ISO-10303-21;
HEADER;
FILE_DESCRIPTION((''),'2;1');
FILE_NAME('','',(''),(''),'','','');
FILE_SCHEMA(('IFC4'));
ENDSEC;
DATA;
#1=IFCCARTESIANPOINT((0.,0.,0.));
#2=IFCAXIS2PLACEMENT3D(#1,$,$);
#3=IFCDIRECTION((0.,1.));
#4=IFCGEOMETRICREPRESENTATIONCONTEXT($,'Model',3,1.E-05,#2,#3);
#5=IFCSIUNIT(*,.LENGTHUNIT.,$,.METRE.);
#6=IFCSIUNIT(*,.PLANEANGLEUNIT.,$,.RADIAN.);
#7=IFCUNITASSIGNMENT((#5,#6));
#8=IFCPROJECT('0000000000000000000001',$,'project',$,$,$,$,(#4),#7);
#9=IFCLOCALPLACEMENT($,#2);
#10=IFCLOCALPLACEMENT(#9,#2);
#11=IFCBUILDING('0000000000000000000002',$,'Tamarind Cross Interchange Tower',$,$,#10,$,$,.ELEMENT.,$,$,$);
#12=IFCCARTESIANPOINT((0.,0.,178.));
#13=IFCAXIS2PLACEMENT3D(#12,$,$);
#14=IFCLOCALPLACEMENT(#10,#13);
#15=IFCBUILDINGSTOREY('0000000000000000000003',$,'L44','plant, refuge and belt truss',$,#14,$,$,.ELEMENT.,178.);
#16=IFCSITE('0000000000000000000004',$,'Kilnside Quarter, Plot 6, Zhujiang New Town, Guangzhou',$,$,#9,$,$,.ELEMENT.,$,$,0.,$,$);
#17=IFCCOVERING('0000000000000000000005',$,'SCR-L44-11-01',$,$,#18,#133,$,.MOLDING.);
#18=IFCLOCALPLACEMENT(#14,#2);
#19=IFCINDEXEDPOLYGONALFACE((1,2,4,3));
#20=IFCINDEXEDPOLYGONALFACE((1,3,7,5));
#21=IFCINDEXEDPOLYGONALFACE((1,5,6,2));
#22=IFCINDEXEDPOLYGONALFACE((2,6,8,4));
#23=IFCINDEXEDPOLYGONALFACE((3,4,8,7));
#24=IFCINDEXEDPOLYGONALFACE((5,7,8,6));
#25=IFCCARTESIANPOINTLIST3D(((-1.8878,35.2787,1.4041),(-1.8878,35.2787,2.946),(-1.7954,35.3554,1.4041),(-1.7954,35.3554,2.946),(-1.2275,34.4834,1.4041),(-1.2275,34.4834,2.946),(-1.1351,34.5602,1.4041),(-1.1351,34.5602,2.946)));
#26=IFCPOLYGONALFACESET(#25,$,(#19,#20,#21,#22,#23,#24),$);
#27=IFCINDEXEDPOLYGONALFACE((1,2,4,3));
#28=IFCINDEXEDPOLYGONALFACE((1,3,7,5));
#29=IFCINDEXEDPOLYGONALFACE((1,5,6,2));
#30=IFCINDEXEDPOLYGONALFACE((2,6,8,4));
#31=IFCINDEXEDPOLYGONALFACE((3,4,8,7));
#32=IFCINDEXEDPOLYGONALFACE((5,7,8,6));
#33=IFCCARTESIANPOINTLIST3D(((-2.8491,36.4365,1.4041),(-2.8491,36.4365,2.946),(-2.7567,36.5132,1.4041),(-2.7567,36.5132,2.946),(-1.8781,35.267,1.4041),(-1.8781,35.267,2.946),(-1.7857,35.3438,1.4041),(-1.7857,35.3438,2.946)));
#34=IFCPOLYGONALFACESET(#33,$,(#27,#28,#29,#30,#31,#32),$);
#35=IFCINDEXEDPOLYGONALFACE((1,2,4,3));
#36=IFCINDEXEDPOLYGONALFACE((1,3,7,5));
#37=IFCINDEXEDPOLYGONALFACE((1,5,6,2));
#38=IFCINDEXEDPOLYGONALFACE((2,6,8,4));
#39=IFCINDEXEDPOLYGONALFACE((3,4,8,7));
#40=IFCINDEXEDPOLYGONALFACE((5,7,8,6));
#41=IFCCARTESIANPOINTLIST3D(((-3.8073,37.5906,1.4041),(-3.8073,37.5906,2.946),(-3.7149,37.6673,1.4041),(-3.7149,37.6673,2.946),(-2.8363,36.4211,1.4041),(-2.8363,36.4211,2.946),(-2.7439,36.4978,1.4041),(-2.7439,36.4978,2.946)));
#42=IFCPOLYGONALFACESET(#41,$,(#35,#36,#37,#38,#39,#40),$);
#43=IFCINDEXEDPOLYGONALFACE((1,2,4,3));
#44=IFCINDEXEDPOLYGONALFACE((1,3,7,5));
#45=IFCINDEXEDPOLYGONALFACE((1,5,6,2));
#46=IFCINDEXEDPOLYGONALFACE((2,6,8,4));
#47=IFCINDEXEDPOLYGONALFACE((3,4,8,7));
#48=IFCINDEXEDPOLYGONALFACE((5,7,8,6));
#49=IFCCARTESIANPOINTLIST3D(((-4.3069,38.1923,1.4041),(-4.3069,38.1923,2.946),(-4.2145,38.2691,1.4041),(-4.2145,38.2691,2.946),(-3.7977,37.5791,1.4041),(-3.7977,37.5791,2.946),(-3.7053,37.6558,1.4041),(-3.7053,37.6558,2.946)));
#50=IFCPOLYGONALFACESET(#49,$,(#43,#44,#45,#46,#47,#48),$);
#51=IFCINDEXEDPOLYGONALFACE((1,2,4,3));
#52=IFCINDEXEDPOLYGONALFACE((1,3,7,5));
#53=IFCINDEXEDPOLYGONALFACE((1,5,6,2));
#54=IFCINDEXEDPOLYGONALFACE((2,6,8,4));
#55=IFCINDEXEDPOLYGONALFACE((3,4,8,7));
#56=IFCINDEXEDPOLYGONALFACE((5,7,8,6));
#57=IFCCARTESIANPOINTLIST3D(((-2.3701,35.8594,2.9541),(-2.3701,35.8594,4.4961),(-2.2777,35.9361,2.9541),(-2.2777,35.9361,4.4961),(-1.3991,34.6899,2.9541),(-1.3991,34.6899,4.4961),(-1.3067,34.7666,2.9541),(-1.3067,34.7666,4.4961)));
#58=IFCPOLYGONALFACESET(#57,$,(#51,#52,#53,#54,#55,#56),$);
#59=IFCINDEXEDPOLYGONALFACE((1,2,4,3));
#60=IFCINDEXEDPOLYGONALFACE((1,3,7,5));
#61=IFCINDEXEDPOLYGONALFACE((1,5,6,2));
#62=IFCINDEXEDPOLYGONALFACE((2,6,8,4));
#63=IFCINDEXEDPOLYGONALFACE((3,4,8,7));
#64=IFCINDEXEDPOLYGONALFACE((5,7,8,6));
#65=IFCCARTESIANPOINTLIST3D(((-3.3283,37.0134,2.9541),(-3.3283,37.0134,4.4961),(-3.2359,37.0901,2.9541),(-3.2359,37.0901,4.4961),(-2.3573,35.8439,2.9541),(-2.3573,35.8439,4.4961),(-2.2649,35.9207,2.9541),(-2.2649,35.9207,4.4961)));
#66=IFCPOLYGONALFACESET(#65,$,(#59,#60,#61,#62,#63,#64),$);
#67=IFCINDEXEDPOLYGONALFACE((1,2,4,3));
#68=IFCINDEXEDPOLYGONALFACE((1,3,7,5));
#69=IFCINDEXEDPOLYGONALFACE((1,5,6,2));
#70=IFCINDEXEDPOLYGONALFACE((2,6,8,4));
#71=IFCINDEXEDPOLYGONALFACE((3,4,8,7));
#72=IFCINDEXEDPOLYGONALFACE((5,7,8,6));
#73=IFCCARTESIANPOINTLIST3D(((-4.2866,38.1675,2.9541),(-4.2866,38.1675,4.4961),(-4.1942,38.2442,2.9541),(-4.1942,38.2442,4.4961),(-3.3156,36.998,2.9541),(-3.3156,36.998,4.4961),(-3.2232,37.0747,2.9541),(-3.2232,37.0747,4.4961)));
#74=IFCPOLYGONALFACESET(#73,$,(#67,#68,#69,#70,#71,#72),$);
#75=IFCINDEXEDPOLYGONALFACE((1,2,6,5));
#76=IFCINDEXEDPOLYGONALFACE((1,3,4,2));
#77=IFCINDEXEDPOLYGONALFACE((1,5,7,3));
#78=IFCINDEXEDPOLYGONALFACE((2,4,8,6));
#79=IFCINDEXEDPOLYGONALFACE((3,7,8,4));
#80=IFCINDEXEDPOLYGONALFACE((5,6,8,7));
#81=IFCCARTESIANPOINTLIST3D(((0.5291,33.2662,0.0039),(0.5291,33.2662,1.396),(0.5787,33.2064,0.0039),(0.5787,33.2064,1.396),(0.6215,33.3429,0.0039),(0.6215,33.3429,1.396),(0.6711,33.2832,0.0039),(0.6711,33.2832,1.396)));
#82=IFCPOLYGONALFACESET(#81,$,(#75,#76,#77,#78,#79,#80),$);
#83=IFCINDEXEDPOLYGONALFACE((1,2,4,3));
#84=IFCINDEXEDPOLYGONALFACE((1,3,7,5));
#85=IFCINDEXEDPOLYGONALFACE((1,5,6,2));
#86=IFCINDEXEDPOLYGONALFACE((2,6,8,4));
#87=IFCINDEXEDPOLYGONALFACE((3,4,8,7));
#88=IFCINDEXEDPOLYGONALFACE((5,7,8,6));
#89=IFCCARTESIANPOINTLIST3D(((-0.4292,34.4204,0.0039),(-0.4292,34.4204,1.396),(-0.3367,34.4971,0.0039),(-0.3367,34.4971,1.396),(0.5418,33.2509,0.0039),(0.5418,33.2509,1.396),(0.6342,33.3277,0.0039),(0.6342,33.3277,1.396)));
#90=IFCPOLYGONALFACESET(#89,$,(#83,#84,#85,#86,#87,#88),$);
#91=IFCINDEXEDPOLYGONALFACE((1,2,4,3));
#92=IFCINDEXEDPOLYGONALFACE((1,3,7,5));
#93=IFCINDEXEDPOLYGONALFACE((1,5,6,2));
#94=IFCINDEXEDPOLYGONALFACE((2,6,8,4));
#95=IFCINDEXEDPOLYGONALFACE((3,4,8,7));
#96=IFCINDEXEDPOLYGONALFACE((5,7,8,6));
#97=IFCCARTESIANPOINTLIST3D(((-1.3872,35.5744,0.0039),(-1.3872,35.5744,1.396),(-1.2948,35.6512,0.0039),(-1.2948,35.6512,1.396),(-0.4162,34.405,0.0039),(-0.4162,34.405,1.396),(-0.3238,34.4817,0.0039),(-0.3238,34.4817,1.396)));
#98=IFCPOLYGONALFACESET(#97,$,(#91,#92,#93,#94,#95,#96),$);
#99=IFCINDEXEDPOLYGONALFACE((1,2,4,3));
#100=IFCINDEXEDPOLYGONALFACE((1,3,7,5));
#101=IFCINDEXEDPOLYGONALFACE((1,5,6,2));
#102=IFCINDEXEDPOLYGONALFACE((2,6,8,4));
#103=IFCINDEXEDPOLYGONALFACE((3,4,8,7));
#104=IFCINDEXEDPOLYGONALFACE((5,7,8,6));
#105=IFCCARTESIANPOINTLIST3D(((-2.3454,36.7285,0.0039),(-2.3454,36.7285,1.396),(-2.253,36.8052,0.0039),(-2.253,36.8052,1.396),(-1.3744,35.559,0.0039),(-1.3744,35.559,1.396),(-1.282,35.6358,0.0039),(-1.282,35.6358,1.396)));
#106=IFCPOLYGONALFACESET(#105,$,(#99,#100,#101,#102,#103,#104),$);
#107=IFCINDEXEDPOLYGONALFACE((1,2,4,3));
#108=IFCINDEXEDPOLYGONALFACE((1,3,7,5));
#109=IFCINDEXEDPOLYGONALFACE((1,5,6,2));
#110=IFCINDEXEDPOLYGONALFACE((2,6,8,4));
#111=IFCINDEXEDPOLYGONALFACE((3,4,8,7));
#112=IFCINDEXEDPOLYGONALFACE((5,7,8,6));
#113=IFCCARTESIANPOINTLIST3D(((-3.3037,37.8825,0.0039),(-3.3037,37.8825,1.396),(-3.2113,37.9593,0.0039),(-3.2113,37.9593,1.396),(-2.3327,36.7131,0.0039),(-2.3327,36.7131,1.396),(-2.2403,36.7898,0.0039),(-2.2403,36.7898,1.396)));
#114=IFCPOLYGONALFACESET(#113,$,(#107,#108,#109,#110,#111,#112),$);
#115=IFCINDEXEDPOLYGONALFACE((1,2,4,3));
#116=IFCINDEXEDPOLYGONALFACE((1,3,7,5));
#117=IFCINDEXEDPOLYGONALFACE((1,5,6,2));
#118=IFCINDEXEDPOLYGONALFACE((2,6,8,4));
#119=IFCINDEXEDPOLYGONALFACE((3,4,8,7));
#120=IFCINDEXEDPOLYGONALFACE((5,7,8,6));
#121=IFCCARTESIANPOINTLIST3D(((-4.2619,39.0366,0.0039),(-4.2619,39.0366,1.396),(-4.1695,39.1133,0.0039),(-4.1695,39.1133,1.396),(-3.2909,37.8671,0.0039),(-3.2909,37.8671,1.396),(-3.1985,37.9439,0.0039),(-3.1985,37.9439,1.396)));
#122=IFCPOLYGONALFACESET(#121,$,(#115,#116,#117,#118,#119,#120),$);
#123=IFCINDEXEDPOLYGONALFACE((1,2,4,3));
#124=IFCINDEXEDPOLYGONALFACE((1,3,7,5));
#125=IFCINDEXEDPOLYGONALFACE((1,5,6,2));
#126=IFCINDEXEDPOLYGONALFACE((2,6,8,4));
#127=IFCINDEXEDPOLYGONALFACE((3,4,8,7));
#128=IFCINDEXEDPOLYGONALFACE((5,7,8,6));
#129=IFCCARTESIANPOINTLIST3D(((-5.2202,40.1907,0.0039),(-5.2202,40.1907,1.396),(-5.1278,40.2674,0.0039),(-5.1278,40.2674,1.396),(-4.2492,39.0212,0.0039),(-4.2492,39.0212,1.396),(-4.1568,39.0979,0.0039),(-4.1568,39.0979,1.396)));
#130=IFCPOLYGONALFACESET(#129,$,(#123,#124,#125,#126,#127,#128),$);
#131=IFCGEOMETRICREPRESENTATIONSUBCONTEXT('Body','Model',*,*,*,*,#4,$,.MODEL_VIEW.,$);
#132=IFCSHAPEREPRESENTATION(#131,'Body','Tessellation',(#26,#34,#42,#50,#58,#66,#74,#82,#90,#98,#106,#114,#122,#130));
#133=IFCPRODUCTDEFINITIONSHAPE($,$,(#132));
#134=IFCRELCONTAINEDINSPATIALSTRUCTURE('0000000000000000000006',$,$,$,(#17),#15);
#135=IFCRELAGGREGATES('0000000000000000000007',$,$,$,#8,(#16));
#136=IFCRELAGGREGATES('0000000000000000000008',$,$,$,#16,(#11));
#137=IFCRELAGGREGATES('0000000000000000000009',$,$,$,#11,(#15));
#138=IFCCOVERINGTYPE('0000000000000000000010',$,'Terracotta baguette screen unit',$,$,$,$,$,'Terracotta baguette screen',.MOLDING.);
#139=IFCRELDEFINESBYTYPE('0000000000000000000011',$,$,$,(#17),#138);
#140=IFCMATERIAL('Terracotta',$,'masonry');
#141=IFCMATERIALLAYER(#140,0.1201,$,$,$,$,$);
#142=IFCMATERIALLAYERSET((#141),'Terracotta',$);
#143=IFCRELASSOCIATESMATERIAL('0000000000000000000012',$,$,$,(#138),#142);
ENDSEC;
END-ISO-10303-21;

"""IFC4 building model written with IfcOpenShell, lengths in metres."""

from ifc_helpers import new_model, si_unit, direction, frame, origin, origin_2d, place, context, subcontext, project, spatial, rectangle, extrude, material, layer, layer_set, type_object, element, save


model = new_model("IFC4")

# Units and contexts
model_context = context("Model", 3, precision=1e-05, world=origin(), true_north=direction((0.0, 1.0)))
body_context = subcontext(model_context, "Body", "Model", "MODEL_VIEW")
ifc_project = project(units=[si_unit("LENGTHUNIT", "METRE"), si_unit("PLANEANGLEUNIT", "RADIAN")], contexts=[model_context])

# Site, building, storey
site_placement = place(None, origin())
site = spatial("IfcSite", under=ifc_project, at=site_placement, Name="Kilnside Quarter, Plot 6, Zhujiang New Town, Guangzhou", CompositionType="ELEMENT", RefElevation=0.0)
building_placement = place(site_placement, origin())
building = spatial("IfcBuilding", under=site, at=building_placement, Name="Tamarind Cross Interchange Tower", CompositionType="ELEMENT")
storey_placement = place(building_placement, frame((0.0, 0.0, 178.0)))
storey = spatial("IfcBuildingStorey", under=building, at=storey_placement, Name="L44", Description="plant, refuge and belt truss", CompositionType="ELEMENT", Elevation=178.0)

# Covering
ifc_material_1 = material(Name="Terracotta", Category="masonry")
ifc_layer_1 = layer(ifc_material_1, 0.1201)
ifc_layer_set_1 = layer_set([ifc_layer_1], Name="Terracotta")
covering_type = type_object("IfcCoveringType", Name="Terracotta baguette screen unit", ElementType="Terracotta baguette screen", PredefinedType="MOLDING", material=ifc_layer_set_1)
covering_1_placement = place(storey_placement, origin())
element("IfcCovering", 1, at=covering_1_placement, inside=storey, type_object=covering_type, Name="SCR-L44-11-01", PredefinedType="MOLDING", context=body_context, shape_type="SweptSolid", body=[
    extrude(rectangle(XDim=1.0337, YDim=0.1201, at=origin_2d()), frame((-1.5115, 34.9194, 1.4041), z_axis=(0.0, 0.0, 1.0), x_axis=(-0.6388, 0.769373, 0.0)), (0.0, 0.0, 1.0), 1.542),
    extrude(rectangle(XDim=1.52, YDim=0.1201, at=origin_2d()), frame((-2.3174, 35.8901, 1.4041), z_axis=(0.0, 0.0, 1.0), x_axis=(-0.6388, 0.769373, 0.0)), (0.0, 0.0, 1.0), 1.542),
    extrude(rectangle(XDim=1.52, YDim=0.1201, at=origin_2d()), frame((-3.2756, 37.0442, 1.4041), z_axis=(0.0, 0.0, 1.0), x_axis=(-0.6388, 0.769373, 0.0)), (0.0, 0.0, 1.0), 1.542),
    extrude(rectangle(XDim=0.7971, YDim=0.1201, at=origin_2d()), frame((-4.0061, 37.9241, 1.4041), z_axis=(0.0, 0.0, 1.0), x_axis=(-0.6388, 0.769373, 0.0)), (0.0, 0.0, 1.0), 1.542),
    extrude(rectangle(XDim=1.52, YDim=0.1201, at=origin_2d()), frame((-1.8384, 35.313, 2.9541), z_axis=(0.0, 0.0, 1.0), x_axis=(-0.6388, 0.769373, 0.0)), (0.0, 0.0, 1.0), 1.542),
    extrude(rectangle(XDim=1.52, YDim=0.1201, at=origin_2d()), frame((-2.7966, 36.467, 2.9541), z_axis=(0.0, 0.0, 1.0), x_axis=(-0.6388, 0.769373, 0.0)), (0.0, 0.0, 1.0), 1.542),
    extrude(rectangle(XDim=1.52, YDim=0.1201, at=origin_2d()), frame((-3.7549, 37.6211, 2.9541), z_axis=(0.0, 0.0, 1.0), x_axis=(-0.6388, 0.769373, 0.0)), (0.0, 0.0, 1.0), 1.542),
    extrude(rectangle(XDim=0.0776, YDim=0.1201, at=origin_2d()), frame((0.6001, 33.2747, 0.0039), z_axis=(0.0, 0.0, 1.0), x_axis=(-0.6388, 0.769373, 0.0)), (0.0, 0.0, 1.0), 1.3921),
    extrude(rectangle(XDim=1.52, YDim=0.1201, at=origin_2d()), frame((0.1025, 33.874, 0.0039), z_axis=(0.0, 0.0, 1.0), x_axis=(-0.6388, 0.769373, 0.0)), (0.0, 0.0, 1.0), 1.3921),
    extrude(rectangle(XDim=1.52, YDim=0.1201, at=origin_2d()), frame((-0.8555, 35.0281, 0.0039), z_axis=(0.0, 0.0, 1.0), x_axis=(-0.6388, 0.769373, 0.0)), (0.0, 0.0, 1.0), 1.3921),
    extrude(rectangle(XDim=1.52, YDim=0.1201, at=origin_2d()), frame((-1.8137, 36.1821, 0.0039), z_axis=(0.0, 0.0, 1.0), x_axis=(-0.6388, 0.769373, 0.0)), (0.0, 0.0, 1.0), 1.3921),
    extrude(rectangle(XDim=1.52, YDim=0.1201, at=origin_2d()), frame((-2.772, 37.3362, 0.0039), z_axis=(0.0, 0.0, 1.0), x_axis=(-0.6388, 0.769373, 0.0)), (0.0, 0.0, 1.0), 1.3921),
    extrude(rectangle(XDim=1.52, YDim=0.1201, at=origin_2d()), frame((-3.7302, 38.4902, 0.0039), z_axis=(0.0, 0.0, 1.0), x_axis=(-0.6388, 0.769373, 0.0)), (0.0, 0.0, 1.0), 1.3921),
    extrude(rectangle(XDim=1.52, YDim=0.1201, at=origin_2d()), frame((-4.6885, 39.6443, 0.0039), z_axis=(0.0, 0.0, 1.0), x_axis=(-0.6388, 0.769373, 0.0)), (0.0, 0.0, 1.0), 1.3921),
])

save(model, "model.ifc")
